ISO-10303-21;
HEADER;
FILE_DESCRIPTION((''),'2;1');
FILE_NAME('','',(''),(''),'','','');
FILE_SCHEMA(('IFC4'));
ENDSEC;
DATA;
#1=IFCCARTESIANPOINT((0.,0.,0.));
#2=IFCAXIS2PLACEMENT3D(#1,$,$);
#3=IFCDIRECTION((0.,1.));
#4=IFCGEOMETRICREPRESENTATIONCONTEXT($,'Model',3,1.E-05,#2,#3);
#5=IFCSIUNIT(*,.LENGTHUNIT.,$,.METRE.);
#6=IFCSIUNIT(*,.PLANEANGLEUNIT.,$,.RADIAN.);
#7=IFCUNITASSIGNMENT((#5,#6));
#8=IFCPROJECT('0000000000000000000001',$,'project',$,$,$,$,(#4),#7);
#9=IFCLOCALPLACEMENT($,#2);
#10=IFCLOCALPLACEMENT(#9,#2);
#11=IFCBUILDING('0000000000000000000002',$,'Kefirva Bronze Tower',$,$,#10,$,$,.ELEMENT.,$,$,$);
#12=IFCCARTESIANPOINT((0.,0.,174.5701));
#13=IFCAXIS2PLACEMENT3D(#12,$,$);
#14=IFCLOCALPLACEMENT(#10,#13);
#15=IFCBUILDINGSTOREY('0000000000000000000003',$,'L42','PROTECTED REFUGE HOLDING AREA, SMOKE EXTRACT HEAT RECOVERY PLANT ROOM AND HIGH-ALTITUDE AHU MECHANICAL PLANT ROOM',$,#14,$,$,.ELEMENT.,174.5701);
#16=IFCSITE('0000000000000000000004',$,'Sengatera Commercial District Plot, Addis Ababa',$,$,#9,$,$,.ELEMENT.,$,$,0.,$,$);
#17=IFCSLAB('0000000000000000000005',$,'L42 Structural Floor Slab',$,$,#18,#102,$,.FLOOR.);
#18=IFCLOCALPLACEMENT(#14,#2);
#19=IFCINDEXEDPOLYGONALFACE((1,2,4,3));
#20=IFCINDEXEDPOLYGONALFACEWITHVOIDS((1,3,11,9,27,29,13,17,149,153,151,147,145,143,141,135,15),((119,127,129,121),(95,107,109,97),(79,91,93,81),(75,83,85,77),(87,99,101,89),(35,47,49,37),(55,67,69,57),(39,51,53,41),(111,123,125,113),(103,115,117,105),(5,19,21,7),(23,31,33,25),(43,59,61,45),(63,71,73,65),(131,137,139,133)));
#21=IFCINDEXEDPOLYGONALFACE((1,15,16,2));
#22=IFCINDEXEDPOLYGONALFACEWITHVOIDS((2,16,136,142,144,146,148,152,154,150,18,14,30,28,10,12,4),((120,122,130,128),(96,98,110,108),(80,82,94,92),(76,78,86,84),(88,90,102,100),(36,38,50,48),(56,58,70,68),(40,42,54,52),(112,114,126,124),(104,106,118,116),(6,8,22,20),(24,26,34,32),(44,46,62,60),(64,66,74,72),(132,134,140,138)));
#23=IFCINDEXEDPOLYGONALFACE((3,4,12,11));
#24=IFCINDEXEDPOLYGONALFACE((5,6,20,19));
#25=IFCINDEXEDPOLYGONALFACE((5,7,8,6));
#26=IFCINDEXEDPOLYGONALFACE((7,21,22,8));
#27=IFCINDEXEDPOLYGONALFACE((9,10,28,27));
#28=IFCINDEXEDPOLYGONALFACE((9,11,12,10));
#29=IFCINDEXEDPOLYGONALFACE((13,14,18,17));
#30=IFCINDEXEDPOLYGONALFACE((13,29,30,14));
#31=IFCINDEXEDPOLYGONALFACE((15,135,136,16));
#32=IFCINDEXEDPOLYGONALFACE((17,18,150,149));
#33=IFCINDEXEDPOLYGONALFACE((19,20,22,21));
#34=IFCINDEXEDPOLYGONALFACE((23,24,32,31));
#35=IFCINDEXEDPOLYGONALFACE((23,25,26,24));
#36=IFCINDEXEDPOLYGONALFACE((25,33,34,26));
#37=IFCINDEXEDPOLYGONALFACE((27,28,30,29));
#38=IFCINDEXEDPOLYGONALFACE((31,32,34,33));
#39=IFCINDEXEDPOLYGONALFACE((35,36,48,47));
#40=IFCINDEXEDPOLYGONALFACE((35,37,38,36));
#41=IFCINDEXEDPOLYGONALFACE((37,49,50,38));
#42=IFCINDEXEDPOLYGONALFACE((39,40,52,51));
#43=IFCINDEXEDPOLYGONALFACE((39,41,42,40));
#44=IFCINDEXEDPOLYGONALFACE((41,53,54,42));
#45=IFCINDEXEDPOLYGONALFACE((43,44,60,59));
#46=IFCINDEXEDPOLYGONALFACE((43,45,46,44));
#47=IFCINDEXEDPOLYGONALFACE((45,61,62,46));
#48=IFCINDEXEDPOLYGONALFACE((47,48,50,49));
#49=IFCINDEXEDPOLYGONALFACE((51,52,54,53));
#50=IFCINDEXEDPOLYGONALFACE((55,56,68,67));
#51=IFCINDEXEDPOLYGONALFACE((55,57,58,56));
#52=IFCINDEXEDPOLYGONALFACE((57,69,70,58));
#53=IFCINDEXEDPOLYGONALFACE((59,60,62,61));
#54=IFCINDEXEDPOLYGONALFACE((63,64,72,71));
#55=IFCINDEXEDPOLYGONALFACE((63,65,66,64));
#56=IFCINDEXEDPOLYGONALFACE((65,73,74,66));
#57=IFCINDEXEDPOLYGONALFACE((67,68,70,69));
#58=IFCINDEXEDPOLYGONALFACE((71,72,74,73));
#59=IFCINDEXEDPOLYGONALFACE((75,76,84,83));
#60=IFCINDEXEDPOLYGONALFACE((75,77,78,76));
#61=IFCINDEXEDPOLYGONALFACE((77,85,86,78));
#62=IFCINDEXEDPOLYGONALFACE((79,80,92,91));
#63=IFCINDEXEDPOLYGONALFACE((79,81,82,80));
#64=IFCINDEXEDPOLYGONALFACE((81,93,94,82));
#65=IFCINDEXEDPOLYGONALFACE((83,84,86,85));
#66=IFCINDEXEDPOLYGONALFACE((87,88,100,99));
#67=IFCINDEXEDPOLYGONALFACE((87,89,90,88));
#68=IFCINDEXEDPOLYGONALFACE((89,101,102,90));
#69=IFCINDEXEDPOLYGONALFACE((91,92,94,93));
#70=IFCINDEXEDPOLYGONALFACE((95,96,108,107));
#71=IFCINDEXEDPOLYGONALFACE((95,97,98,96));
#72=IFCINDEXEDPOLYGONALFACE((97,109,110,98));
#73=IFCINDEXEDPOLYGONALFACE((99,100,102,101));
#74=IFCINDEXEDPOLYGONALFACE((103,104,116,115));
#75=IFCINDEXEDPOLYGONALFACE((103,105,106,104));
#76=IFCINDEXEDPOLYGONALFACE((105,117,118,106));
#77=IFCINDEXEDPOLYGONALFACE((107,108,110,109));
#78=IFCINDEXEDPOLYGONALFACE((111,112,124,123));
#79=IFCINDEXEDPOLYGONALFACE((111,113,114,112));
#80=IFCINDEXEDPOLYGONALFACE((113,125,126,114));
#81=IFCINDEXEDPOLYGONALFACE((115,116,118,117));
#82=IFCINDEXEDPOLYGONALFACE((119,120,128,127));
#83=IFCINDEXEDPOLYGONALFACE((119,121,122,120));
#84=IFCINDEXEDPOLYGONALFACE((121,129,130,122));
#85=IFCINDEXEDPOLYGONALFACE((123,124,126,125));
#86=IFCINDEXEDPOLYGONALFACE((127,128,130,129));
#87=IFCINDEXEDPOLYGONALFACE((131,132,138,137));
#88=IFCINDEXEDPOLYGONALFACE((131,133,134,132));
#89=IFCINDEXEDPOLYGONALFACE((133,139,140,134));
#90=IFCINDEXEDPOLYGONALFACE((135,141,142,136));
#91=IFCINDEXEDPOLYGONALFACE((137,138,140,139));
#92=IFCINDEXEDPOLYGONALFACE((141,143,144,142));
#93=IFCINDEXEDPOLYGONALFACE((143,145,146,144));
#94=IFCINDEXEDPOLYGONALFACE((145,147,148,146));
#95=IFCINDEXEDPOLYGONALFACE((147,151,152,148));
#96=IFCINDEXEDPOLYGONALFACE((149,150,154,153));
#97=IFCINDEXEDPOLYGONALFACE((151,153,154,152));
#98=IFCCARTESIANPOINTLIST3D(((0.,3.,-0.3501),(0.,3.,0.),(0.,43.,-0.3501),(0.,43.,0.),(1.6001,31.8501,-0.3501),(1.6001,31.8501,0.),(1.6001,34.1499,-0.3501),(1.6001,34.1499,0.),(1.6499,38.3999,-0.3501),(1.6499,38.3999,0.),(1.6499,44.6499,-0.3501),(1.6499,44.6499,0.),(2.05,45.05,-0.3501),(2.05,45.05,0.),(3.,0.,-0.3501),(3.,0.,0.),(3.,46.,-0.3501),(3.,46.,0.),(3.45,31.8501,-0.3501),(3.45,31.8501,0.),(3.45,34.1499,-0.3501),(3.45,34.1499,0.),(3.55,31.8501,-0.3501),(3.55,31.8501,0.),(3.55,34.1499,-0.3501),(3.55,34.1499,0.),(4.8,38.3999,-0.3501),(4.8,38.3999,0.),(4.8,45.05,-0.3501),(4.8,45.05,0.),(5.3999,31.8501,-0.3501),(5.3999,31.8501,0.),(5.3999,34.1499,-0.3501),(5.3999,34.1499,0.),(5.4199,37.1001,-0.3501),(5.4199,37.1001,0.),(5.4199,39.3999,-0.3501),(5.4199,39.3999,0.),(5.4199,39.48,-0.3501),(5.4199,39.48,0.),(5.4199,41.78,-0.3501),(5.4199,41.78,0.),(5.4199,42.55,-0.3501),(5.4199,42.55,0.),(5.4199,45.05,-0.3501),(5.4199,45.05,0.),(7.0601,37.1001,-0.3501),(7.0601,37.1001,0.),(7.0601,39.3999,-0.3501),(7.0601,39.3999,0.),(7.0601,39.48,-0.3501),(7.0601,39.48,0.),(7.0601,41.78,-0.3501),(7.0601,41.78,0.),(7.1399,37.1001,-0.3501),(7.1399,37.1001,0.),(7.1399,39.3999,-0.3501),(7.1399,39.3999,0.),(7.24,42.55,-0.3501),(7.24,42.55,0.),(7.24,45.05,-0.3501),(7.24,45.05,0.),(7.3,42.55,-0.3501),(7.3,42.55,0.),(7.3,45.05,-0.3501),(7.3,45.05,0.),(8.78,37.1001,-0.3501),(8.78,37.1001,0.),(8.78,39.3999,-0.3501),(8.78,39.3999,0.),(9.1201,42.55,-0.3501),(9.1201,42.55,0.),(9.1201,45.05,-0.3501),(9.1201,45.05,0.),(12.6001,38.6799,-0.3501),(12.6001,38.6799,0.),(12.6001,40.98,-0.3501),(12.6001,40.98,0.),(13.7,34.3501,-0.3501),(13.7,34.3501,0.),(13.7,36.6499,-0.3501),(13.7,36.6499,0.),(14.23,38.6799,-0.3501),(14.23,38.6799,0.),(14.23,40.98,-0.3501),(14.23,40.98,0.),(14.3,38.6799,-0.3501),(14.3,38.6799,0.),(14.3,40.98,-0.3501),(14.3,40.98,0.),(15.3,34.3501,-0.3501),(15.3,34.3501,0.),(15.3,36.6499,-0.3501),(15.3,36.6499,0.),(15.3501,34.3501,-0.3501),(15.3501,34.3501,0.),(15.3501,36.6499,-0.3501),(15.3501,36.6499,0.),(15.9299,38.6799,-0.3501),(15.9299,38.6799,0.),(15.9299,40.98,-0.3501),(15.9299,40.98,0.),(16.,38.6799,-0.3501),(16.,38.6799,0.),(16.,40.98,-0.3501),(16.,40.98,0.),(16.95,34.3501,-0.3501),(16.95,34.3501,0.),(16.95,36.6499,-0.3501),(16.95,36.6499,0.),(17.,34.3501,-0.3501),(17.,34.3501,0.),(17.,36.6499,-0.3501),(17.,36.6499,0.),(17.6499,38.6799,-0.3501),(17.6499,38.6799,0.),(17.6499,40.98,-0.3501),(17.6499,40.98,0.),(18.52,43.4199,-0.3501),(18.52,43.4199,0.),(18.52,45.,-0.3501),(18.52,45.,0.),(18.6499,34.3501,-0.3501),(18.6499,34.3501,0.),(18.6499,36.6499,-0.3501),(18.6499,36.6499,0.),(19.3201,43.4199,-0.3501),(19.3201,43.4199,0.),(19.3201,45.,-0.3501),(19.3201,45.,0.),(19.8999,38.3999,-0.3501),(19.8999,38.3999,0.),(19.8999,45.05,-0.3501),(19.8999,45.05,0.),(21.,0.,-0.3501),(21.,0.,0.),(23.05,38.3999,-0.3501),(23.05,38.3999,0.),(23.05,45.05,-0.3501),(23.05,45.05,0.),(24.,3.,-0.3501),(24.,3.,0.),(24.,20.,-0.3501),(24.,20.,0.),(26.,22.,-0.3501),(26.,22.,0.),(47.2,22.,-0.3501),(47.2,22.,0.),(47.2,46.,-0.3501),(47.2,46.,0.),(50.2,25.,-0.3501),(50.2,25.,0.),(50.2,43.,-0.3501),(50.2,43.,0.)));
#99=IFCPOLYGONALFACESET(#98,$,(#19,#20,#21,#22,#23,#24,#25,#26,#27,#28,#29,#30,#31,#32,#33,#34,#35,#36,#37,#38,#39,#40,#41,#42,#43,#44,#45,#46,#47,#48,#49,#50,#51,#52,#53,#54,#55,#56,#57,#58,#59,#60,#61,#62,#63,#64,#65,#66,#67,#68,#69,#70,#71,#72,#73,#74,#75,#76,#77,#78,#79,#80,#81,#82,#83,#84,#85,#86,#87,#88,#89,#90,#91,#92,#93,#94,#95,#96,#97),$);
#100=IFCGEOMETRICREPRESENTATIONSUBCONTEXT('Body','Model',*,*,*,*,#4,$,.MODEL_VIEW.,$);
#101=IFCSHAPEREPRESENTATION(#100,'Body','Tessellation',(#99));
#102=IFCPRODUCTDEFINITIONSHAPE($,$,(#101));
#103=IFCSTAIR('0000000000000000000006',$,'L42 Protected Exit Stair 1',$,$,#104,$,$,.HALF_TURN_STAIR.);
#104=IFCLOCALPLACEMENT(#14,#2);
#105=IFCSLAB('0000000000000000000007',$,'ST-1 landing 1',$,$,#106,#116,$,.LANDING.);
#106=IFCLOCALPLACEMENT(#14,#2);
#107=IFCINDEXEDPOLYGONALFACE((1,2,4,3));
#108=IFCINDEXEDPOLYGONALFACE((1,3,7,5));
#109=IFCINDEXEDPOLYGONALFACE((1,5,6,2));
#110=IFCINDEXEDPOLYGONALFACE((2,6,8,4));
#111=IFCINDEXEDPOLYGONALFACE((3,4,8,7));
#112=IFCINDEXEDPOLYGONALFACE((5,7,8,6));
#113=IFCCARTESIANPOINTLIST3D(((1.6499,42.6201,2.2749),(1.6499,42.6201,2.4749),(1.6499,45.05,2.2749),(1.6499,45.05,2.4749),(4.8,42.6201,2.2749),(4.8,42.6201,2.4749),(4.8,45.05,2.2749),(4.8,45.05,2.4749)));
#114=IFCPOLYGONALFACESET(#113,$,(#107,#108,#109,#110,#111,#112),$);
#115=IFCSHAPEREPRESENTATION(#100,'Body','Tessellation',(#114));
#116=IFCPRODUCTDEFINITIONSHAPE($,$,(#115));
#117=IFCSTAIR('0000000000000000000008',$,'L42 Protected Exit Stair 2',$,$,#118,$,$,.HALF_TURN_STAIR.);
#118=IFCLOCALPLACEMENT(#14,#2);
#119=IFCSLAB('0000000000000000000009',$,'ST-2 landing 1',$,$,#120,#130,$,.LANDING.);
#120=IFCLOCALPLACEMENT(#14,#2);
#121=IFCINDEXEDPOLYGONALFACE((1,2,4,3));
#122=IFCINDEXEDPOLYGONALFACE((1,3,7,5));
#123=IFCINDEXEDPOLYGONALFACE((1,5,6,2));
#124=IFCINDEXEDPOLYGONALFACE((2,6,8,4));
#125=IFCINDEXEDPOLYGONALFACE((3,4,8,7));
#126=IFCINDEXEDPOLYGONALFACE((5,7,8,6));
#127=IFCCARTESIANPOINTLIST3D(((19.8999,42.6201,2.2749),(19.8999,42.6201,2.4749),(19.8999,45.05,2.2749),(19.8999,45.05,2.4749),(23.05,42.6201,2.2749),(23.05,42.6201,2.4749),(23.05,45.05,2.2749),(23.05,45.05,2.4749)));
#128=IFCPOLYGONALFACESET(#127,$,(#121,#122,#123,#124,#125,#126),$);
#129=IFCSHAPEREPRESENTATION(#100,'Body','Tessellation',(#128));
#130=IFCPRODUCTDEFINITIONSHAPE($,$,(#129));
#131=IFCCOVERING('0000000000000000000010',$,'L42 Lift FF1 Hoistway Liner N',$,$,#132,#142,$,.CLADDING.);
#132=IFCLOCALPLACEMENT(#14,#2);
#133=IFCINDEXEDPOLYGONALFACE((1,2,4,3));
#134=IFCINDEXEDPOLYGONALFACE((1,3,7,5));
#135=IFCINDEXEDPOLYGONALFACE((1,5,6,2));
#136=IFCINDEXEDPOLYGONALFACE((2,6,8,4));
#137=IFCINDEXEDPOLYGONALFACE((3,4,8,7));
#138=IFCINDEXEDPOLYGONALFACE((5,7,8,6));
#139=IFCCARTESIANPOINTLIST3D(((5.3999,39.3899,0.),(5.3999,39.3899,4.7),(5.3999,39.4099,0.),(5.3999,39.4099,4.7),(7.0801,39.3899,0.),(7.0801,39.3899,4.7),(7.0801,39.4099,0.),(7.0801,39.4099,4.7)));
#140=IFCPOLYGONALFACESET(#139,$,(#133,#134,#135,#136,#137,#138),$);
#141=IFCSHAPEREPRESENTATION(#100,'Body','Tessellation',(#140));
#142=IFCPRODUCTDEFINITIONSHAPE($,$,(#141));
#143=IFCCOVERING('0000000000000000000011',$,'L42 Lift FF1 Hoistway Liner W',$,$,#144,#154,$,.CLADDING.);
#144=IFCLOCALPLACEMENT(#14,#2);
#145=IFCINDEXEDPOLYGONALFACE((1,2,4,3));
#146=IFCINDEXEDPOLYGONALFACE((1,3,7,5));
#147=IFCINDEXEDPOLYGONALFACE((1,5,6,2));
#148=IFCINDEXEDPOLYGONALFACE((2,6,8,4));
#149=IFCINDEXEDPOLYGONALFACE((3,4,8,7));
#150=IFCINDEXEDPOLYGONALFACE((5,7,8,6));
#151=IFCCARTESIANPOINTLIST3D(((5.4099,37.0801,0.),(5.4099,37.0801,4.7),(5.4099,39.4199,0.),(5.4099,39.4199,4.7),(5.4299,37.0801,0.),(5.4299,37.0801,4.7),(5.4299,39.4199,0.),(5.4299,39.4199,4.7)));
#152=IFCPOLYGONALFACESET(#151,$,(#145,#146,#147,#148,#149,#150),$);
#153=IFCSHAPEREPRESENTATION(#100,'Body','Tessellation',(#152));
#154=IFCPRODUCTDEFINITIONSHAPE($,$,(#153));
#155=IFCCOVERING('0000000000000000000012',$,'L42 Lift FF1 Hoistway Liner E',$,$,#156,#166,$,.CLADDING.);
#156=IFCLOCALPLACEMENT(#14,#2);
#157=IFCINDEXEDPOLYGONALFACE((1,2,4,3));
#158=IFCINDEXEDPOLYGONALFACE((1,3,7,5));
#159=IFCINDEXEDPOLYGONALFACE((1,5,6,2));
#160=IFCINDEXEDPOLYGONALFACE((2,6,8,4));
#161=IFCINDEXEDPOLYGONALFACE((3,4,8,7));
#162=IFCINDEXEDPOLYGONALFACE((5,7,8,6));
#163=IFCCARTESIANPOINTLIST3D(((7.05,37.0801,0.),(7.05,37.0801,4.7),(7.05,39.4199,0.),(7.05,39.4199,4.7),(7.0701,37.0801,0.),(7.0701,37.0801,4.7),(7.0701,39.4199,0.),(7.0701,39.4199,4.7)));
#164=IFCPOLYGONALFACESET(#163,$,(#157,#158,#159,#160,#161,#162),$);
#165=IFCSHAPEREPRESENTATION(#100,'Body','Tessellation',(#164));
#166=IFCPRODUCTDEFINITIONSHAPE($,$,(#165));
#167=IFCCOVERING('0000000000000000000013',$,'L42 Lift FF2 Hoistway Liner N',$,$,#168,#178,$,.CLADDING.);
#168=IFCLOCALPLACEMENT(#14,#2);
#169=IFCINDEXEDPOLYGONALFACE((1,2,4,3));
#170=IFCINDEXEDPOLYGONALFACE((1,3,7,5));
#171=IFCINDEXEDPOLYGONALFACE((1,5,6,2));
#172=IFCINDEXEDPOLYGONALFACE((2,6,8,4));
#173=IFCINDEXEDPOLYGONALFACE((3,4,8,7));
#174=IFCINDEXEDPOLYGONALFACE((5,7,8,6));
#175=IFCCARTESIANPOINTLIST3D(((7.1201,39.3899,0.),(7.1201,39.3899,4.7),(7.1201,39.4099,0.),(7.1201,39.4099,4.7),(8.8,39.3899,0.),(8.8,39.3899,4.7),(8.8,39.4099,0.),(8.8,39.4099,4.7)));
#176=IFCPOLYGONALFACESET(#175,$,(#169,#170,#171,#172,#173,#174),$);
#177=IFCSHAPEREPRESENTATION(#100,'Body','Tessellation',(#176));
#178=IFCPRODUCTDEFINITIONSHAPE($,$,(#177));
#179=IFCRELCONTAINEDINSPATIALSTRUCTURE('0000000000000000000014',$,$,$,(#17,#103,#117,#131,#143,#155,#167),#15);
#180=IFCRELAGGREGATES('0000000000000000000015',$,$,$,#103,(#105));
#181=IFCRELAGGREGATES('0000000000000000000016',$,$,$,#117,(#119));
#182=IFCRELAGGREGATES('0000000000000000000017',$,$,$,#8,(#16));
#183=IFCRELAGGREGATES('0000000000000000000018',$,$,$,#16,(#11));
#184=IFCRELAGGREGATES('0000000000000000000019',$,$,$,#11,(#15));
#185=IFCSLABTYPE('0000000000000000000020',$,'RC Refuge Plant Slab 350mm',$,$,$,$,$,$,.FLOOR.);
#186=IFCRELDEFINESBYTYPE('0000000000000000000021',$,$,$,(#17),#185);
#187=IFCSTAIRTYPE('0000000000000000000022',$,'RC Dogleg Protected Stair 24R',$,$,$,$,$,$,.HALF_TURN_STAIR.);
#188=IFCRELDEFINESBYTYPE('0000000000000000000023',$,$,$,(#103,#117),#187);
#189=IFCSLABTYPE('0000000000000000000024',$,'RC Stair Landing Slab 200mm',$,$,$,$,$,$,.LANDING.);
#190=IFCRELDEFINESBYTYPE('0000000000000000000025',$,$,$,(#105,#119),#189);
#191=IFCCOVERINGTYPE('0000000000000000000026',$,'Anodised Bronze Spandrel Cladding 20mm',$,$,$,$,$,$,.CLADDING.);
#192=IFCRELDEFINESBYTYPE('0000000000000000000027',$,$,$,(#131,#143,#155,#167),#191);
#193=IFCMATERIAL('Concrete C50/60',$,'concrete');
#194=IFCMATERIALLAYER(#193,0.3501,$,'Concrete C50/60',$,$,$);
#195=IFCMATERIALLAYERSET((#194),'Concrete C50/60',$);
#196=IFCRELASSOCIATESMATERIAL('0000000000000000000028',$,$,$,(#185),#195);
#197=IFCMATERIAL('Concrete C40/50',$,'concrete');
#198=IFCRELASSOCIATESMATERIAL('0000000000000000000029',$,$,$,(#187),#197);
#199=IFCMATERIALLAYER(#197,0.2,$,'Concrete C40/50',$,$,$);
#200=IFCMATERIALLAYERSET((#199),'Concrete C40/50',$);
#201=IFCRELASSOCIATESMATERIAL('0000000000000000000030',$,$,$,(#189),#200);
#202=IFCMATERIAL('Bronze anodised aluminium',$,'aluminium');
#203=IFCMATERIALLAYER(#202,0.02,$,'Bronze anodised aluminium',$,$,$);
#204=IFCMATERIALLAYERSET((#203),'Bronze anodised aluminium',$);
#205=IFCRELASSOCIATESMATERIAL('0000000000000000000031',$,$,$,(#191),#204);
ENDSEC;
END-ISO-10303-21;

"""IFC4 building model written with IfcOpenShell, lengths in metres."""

from ifc_helpers import new_model, si_unit, direction, frame, origin, place, context, subcontext, project, spatial, polyline, outline, extrude, material, layer, layer_set, type_object, element, aggregate, save


model = new_model("IFC4")

# Units and contexts
model_context = context("Model", 3, precision=1e-05, world=origin(), true_north=direction((0.0, 1.0)))
body_context = subcontext(model_context, "Body", "Model", "MODEL_VIEW")
ifc_project = project(units=[si_unit("LENGTHUNIT", "METRE"), si_unit("PLANEANGLEUNIT", "RADIAN")], contexts=[model_context])

# Site, building, storey
site_placement = place(None, origin())
site = spatial("IfcSite", under=ifc_project, at=site_placement, Name="Sengatera Commercial District Plot, Addis Ababa", CompositionType="ELEMENT", RefElevation=0.0)
building_placement = place(site_placement, origin())
building = spatial("IfcBuilding", under=site, at=building_placement, Name="Kefirva Bronze Tower", CompositionType="ELEMENT")
storey_placement = place(building_placement, frame((0.0, 0.0, 174.5701)))
storey = spatial("IfcBuildingStorey", under=building, at=storey_placement, Name="L42", Description="PROTECTED REFUGE HOLDING AREA, SMOKE EXTRACT HEAT RECOVERY PLANT ROOM AND HIGH-ALTITUDE AHU MECHANICAL PLANT ROOM", CompositionType="ELEMENT", Elevation=174.5701)

# Slab
ifc_material_1 = material(Name="Concrete C50/60", Category="concrete")
ifc_layer_1 = layer(ifc_material_1, 0.3501, Name="Concrete C50/60")
ifc_layer_set_1 = layer_set([ifc_layer_1], Name="Concrete C50/60")
slab_type_1 = type_object("IfcSlabType", Name="RC Refuge Plant Slab 350mm", PredefinedType="FLOOR", material=ifc_layer_set_1)
slab_1_placement = place(storey_placement, frame((0.0, 0.0, -0.3501)))
element("IfcSlab", 1, at=slab_1_placement, inside=storey, type_object=slab_type_1, Name="L42 Structural Floor Slab", PredefinedType="FLOOR", context=body_context, shape_type="SweptSolid", body=[
    extrude(outline(polyline([(0.0, 3.0), (0.0, 43.0), (1.6499, 44.6499), (1.6499, 38.3999), (4.8, 38.3999), (4.8, 45.05), (2.05, 45.05), (3.0, 46.0), (47.2, 46.0), (50.2, 43.0), (50.2, 25.0), (47.2, 22.0), (26.0, 22.0), (24.0, 20.0), (24.0, 3.0), (21.0, 0.0), (3.0, 0.0), (0.0, 3.0)]), holes=[polyline([(23.05, 38.3999), (23.05, 45.05), (19.8999, 45.05), (19.8999, 38.3999), (23.05, 38.3999)]), polyline([(19.3201, 43.4199), (19.3201, 45.0), (18.52, 45.0), (18.52, 43.4199), (19.3201, 43.4199)]), polyline([(18.6499, 34.3501), (18.6499, 36.6499), (17.0, 36.6499), (17.0, 34.3501), (18.6499, 34.3501)]), polyline([(17.6499, 38.6799), (17.6499, 40.98), (16.0, 40.98), (16.0, 38.6799), (17.6499, 38.6799)]), polyline([(16.95, 34.3501), (16.95, 36.6499), (15.3501, 36.6499), (15.3501, 34.3501), (16.95, 34.3501)]), polyline([(15.9299, 38.6799), (15.9299, 40.98), (14.3, 40.98), (14.3, 38.6799), (15.9299, 38.6799)]), polyline([(15.3, 34.3501), (15.3, 36.6499), (13.7, 36.6499), (13.7, 34.3501), (15.3, 34.3501)]), polyline([(14.23, 38.6799), (14.23, 40.98), (12.6001, 40.98), (12.6001, 38.6799), (14.23, 38.6799)]), polyline([(9.1201, 42.55), (9.1201, 45.05), (7.3, 45.05), (7.3, 42.55), (9.1201, 42.55)]), polyline([(8.78, 37.1001), (8.78, 39.3999), (7.1399, 39.3999), (7.1399, 37.1001), (8.78, 37.1001)]), polyline([(7.24, 42.55), (7.24, 45.05), (5.4199, 45.05), (5.4199, 42.55), (7.24, 42.55)]), polyline([(7.0601, 37.1001), (7.0601, 39.3999), (5.4199, 39.3999), (5.4199, 37.1001), (7.0601, 37.1001)]), polyline([(7.0601, 39.48), (7.0601, 41.78), (5.4199, 41.78), (5.4199, 39.48), (7.0601, 39.48)]), polyline([(5.3999, 31.8501), (5.3999, 34.1499), (3.55, 34.1499), (3.55, 31.8501), (5.3999, 31.8501)]), polyline([(3.45, 31.8501), (3.45, 34.1499), (1.6001, 34.1499), (1.6001, 31.8501), (3.45, 31.8501)])]), origin(), (0.0, 0.0, 1.0), 0.3501),
])

# Stairs, slabs
ifc_material_2 = material(Name="Concrete C40/50", Category="concrete")
stair_type = type_object("IfcStairType", Name="RC Dogleg Protected Stair 24R", PredefinedType="HALF_TURN_STAIR", material=ifc_material_2)
stair_1_placement = place(storey_placement, origin())
stair_1 = element("IfcStair", 2, at=stair_1_placement, inside=storey, type_object=stair_type, Name="L42 Protected Exit Stair 1", PredefinedType="HALF_TURN_STAIR")
ifc_layer_2 = layer(ifc_material_2, 0.2, Name="Concrete C40/50")
ifc_layer_set_2 = layer_set([ifc_layer_2], Name="Concrete C40/50")
slab_type_2 = type_object("IfcSlabType", Name="RC Stair Landing Slab 200mm", PredefinedType="LANDING", material=ifc_layer_set_2)
slab_2_placement = place(storey_placement, frame((0.0, 0.0, 2.2749)))
slab_2 = element("IfcSlab", 3, at=slab_2_placement, type_object=slab_type_2, Name="ST-1 landing 1", PredefinedType="LANDING", context=body_context, shape_type="SweptSolid", body=[
    extrude(outline(polyline([(4.8, 42.6201), (4.8, 45.05), (1.6499, 45.05), (1.6499, 42.6201), (4.8, 42.6201)])), origin(), (0.0, 0.0, 1.0), 0.2),
])
aggregate(stair_1, [slab_2])
stair_2_placement = place(storey_placement, origin())
stair_2 = element("IfcStair", 4, at=stair_2_placement, inside=storey, type_object=stair_type, Name="L42 Protected Exit Stair 2", PredefinedType="HALF_TURN_STAIR")
slab_3_placement = place(storey_placement, frame((0.0, 0.0, 2.2749)))
slab_3 = element("IfcSlab", 5, at=slab_3_placement, type_object=slab_type_2, Name="ST-2 landing 1", PredefinedType="LANDING", context=body_context, shape_type="SweptSolid", body=[
    extrude(outline(polyline([(23.05, 42.6201), (23.05, 45.05), (19.8999, 45.05), (19.8999, 42.6201), (23.05, 42.6201)])), origin(), (0.0, 0.0, 1.0), 0.2),
])
aggregate(stair_2, [slab_3])

# Coverings
ifc_material_3 = material(Name="Bronze anodised aluminium", Category="aluminium")
ifc_layer_3 = layer(ifc_material_3, 0.02, Name="Bronze anodised aluminium")
ifc_layer_set_3 = layer_set([ifc_layer_3], Name="Bronze anodised aluminium")
covering_type = type_object("IfcCoveringType", Name="Anodised Bronze Spandrel Cladding 20mm", PredefinedType="CLADDING", material=ifc_layer_set_3)
covering_1_placement = place(storey_placement, origin())
element("IfcCovering", 6, at=covering_1_placement, inside=storey, type_object=covering_type, Name="L42 Lift FF1 Hoistway Liner N", PredefinedType="CLADDING", context=body_context, shape_type="SweptSolid", body=[
    extrude(outline(polyline([(5.3999, 39.3899), (7.0801, 39.3899), (7.0801, 39.4099), (5.3999, 39.4099), (5.3999, 39.3899)])), origin(), (0.0, 0.0, 1.0), 4.7),
])
covering_2_placement = place(storey_placement, origin())
element("IfcCovering", 7, at=covering_2_placement, inside=storey, type_object=covering_type, Name="L42 Lift FF1 Hoistway Liner W", PredefinedType="CLADDING", context=body_context, shape_type="SweptSolid", body=[
    extrude(outline(polyline([(5.4099, 37.0801), (5.4299, 37.0801), (5.4299, 39.4199), (5.4099, 39.4199), (5.4099, 37.0801)])), origin(), (0.0, 0.0, 1.0), 4.7),
])
covering_3_placement = place(storey_placement, origin())
element("IfcCovering", 8, at=covering_3_placement, inside=storey, type_object=covering_type, Name="L42 Lift FF1 Hoistway Liner E", PredefinedType="CLADDING", context=body_context, shape_type="SweptSolid", body=[
    extrude(outline(polyline([(7.05, 37.0801), (7.0701, 37.0801), (7.0701, 39.4199), (7.05, 39.4199), (7.05, 37.0801)])), origin(), (0.0, 0.0, 1.0), 4.7),
])
covering_4_placement = place(storey_placement, origin())
element("IfcCovering", 9, at=covering_4_placement, inside=storey, type_object=covering_type, Name="L42 Lift FF2 Hoistway Liner N", PredefinedType="CLADDING", context=body_context, shape_type="SweptSolid", body=[
    extrude(outline(polyline([(7.1201, 39.3899), (8.8, 39.3899), (8.8, 39.4099), (7.1201, 39.4099), (7.1201, 39.3899)])), origin(), (0.0, 0.0, 1.0), 4.7),
])

save(model, "model.ifc")
